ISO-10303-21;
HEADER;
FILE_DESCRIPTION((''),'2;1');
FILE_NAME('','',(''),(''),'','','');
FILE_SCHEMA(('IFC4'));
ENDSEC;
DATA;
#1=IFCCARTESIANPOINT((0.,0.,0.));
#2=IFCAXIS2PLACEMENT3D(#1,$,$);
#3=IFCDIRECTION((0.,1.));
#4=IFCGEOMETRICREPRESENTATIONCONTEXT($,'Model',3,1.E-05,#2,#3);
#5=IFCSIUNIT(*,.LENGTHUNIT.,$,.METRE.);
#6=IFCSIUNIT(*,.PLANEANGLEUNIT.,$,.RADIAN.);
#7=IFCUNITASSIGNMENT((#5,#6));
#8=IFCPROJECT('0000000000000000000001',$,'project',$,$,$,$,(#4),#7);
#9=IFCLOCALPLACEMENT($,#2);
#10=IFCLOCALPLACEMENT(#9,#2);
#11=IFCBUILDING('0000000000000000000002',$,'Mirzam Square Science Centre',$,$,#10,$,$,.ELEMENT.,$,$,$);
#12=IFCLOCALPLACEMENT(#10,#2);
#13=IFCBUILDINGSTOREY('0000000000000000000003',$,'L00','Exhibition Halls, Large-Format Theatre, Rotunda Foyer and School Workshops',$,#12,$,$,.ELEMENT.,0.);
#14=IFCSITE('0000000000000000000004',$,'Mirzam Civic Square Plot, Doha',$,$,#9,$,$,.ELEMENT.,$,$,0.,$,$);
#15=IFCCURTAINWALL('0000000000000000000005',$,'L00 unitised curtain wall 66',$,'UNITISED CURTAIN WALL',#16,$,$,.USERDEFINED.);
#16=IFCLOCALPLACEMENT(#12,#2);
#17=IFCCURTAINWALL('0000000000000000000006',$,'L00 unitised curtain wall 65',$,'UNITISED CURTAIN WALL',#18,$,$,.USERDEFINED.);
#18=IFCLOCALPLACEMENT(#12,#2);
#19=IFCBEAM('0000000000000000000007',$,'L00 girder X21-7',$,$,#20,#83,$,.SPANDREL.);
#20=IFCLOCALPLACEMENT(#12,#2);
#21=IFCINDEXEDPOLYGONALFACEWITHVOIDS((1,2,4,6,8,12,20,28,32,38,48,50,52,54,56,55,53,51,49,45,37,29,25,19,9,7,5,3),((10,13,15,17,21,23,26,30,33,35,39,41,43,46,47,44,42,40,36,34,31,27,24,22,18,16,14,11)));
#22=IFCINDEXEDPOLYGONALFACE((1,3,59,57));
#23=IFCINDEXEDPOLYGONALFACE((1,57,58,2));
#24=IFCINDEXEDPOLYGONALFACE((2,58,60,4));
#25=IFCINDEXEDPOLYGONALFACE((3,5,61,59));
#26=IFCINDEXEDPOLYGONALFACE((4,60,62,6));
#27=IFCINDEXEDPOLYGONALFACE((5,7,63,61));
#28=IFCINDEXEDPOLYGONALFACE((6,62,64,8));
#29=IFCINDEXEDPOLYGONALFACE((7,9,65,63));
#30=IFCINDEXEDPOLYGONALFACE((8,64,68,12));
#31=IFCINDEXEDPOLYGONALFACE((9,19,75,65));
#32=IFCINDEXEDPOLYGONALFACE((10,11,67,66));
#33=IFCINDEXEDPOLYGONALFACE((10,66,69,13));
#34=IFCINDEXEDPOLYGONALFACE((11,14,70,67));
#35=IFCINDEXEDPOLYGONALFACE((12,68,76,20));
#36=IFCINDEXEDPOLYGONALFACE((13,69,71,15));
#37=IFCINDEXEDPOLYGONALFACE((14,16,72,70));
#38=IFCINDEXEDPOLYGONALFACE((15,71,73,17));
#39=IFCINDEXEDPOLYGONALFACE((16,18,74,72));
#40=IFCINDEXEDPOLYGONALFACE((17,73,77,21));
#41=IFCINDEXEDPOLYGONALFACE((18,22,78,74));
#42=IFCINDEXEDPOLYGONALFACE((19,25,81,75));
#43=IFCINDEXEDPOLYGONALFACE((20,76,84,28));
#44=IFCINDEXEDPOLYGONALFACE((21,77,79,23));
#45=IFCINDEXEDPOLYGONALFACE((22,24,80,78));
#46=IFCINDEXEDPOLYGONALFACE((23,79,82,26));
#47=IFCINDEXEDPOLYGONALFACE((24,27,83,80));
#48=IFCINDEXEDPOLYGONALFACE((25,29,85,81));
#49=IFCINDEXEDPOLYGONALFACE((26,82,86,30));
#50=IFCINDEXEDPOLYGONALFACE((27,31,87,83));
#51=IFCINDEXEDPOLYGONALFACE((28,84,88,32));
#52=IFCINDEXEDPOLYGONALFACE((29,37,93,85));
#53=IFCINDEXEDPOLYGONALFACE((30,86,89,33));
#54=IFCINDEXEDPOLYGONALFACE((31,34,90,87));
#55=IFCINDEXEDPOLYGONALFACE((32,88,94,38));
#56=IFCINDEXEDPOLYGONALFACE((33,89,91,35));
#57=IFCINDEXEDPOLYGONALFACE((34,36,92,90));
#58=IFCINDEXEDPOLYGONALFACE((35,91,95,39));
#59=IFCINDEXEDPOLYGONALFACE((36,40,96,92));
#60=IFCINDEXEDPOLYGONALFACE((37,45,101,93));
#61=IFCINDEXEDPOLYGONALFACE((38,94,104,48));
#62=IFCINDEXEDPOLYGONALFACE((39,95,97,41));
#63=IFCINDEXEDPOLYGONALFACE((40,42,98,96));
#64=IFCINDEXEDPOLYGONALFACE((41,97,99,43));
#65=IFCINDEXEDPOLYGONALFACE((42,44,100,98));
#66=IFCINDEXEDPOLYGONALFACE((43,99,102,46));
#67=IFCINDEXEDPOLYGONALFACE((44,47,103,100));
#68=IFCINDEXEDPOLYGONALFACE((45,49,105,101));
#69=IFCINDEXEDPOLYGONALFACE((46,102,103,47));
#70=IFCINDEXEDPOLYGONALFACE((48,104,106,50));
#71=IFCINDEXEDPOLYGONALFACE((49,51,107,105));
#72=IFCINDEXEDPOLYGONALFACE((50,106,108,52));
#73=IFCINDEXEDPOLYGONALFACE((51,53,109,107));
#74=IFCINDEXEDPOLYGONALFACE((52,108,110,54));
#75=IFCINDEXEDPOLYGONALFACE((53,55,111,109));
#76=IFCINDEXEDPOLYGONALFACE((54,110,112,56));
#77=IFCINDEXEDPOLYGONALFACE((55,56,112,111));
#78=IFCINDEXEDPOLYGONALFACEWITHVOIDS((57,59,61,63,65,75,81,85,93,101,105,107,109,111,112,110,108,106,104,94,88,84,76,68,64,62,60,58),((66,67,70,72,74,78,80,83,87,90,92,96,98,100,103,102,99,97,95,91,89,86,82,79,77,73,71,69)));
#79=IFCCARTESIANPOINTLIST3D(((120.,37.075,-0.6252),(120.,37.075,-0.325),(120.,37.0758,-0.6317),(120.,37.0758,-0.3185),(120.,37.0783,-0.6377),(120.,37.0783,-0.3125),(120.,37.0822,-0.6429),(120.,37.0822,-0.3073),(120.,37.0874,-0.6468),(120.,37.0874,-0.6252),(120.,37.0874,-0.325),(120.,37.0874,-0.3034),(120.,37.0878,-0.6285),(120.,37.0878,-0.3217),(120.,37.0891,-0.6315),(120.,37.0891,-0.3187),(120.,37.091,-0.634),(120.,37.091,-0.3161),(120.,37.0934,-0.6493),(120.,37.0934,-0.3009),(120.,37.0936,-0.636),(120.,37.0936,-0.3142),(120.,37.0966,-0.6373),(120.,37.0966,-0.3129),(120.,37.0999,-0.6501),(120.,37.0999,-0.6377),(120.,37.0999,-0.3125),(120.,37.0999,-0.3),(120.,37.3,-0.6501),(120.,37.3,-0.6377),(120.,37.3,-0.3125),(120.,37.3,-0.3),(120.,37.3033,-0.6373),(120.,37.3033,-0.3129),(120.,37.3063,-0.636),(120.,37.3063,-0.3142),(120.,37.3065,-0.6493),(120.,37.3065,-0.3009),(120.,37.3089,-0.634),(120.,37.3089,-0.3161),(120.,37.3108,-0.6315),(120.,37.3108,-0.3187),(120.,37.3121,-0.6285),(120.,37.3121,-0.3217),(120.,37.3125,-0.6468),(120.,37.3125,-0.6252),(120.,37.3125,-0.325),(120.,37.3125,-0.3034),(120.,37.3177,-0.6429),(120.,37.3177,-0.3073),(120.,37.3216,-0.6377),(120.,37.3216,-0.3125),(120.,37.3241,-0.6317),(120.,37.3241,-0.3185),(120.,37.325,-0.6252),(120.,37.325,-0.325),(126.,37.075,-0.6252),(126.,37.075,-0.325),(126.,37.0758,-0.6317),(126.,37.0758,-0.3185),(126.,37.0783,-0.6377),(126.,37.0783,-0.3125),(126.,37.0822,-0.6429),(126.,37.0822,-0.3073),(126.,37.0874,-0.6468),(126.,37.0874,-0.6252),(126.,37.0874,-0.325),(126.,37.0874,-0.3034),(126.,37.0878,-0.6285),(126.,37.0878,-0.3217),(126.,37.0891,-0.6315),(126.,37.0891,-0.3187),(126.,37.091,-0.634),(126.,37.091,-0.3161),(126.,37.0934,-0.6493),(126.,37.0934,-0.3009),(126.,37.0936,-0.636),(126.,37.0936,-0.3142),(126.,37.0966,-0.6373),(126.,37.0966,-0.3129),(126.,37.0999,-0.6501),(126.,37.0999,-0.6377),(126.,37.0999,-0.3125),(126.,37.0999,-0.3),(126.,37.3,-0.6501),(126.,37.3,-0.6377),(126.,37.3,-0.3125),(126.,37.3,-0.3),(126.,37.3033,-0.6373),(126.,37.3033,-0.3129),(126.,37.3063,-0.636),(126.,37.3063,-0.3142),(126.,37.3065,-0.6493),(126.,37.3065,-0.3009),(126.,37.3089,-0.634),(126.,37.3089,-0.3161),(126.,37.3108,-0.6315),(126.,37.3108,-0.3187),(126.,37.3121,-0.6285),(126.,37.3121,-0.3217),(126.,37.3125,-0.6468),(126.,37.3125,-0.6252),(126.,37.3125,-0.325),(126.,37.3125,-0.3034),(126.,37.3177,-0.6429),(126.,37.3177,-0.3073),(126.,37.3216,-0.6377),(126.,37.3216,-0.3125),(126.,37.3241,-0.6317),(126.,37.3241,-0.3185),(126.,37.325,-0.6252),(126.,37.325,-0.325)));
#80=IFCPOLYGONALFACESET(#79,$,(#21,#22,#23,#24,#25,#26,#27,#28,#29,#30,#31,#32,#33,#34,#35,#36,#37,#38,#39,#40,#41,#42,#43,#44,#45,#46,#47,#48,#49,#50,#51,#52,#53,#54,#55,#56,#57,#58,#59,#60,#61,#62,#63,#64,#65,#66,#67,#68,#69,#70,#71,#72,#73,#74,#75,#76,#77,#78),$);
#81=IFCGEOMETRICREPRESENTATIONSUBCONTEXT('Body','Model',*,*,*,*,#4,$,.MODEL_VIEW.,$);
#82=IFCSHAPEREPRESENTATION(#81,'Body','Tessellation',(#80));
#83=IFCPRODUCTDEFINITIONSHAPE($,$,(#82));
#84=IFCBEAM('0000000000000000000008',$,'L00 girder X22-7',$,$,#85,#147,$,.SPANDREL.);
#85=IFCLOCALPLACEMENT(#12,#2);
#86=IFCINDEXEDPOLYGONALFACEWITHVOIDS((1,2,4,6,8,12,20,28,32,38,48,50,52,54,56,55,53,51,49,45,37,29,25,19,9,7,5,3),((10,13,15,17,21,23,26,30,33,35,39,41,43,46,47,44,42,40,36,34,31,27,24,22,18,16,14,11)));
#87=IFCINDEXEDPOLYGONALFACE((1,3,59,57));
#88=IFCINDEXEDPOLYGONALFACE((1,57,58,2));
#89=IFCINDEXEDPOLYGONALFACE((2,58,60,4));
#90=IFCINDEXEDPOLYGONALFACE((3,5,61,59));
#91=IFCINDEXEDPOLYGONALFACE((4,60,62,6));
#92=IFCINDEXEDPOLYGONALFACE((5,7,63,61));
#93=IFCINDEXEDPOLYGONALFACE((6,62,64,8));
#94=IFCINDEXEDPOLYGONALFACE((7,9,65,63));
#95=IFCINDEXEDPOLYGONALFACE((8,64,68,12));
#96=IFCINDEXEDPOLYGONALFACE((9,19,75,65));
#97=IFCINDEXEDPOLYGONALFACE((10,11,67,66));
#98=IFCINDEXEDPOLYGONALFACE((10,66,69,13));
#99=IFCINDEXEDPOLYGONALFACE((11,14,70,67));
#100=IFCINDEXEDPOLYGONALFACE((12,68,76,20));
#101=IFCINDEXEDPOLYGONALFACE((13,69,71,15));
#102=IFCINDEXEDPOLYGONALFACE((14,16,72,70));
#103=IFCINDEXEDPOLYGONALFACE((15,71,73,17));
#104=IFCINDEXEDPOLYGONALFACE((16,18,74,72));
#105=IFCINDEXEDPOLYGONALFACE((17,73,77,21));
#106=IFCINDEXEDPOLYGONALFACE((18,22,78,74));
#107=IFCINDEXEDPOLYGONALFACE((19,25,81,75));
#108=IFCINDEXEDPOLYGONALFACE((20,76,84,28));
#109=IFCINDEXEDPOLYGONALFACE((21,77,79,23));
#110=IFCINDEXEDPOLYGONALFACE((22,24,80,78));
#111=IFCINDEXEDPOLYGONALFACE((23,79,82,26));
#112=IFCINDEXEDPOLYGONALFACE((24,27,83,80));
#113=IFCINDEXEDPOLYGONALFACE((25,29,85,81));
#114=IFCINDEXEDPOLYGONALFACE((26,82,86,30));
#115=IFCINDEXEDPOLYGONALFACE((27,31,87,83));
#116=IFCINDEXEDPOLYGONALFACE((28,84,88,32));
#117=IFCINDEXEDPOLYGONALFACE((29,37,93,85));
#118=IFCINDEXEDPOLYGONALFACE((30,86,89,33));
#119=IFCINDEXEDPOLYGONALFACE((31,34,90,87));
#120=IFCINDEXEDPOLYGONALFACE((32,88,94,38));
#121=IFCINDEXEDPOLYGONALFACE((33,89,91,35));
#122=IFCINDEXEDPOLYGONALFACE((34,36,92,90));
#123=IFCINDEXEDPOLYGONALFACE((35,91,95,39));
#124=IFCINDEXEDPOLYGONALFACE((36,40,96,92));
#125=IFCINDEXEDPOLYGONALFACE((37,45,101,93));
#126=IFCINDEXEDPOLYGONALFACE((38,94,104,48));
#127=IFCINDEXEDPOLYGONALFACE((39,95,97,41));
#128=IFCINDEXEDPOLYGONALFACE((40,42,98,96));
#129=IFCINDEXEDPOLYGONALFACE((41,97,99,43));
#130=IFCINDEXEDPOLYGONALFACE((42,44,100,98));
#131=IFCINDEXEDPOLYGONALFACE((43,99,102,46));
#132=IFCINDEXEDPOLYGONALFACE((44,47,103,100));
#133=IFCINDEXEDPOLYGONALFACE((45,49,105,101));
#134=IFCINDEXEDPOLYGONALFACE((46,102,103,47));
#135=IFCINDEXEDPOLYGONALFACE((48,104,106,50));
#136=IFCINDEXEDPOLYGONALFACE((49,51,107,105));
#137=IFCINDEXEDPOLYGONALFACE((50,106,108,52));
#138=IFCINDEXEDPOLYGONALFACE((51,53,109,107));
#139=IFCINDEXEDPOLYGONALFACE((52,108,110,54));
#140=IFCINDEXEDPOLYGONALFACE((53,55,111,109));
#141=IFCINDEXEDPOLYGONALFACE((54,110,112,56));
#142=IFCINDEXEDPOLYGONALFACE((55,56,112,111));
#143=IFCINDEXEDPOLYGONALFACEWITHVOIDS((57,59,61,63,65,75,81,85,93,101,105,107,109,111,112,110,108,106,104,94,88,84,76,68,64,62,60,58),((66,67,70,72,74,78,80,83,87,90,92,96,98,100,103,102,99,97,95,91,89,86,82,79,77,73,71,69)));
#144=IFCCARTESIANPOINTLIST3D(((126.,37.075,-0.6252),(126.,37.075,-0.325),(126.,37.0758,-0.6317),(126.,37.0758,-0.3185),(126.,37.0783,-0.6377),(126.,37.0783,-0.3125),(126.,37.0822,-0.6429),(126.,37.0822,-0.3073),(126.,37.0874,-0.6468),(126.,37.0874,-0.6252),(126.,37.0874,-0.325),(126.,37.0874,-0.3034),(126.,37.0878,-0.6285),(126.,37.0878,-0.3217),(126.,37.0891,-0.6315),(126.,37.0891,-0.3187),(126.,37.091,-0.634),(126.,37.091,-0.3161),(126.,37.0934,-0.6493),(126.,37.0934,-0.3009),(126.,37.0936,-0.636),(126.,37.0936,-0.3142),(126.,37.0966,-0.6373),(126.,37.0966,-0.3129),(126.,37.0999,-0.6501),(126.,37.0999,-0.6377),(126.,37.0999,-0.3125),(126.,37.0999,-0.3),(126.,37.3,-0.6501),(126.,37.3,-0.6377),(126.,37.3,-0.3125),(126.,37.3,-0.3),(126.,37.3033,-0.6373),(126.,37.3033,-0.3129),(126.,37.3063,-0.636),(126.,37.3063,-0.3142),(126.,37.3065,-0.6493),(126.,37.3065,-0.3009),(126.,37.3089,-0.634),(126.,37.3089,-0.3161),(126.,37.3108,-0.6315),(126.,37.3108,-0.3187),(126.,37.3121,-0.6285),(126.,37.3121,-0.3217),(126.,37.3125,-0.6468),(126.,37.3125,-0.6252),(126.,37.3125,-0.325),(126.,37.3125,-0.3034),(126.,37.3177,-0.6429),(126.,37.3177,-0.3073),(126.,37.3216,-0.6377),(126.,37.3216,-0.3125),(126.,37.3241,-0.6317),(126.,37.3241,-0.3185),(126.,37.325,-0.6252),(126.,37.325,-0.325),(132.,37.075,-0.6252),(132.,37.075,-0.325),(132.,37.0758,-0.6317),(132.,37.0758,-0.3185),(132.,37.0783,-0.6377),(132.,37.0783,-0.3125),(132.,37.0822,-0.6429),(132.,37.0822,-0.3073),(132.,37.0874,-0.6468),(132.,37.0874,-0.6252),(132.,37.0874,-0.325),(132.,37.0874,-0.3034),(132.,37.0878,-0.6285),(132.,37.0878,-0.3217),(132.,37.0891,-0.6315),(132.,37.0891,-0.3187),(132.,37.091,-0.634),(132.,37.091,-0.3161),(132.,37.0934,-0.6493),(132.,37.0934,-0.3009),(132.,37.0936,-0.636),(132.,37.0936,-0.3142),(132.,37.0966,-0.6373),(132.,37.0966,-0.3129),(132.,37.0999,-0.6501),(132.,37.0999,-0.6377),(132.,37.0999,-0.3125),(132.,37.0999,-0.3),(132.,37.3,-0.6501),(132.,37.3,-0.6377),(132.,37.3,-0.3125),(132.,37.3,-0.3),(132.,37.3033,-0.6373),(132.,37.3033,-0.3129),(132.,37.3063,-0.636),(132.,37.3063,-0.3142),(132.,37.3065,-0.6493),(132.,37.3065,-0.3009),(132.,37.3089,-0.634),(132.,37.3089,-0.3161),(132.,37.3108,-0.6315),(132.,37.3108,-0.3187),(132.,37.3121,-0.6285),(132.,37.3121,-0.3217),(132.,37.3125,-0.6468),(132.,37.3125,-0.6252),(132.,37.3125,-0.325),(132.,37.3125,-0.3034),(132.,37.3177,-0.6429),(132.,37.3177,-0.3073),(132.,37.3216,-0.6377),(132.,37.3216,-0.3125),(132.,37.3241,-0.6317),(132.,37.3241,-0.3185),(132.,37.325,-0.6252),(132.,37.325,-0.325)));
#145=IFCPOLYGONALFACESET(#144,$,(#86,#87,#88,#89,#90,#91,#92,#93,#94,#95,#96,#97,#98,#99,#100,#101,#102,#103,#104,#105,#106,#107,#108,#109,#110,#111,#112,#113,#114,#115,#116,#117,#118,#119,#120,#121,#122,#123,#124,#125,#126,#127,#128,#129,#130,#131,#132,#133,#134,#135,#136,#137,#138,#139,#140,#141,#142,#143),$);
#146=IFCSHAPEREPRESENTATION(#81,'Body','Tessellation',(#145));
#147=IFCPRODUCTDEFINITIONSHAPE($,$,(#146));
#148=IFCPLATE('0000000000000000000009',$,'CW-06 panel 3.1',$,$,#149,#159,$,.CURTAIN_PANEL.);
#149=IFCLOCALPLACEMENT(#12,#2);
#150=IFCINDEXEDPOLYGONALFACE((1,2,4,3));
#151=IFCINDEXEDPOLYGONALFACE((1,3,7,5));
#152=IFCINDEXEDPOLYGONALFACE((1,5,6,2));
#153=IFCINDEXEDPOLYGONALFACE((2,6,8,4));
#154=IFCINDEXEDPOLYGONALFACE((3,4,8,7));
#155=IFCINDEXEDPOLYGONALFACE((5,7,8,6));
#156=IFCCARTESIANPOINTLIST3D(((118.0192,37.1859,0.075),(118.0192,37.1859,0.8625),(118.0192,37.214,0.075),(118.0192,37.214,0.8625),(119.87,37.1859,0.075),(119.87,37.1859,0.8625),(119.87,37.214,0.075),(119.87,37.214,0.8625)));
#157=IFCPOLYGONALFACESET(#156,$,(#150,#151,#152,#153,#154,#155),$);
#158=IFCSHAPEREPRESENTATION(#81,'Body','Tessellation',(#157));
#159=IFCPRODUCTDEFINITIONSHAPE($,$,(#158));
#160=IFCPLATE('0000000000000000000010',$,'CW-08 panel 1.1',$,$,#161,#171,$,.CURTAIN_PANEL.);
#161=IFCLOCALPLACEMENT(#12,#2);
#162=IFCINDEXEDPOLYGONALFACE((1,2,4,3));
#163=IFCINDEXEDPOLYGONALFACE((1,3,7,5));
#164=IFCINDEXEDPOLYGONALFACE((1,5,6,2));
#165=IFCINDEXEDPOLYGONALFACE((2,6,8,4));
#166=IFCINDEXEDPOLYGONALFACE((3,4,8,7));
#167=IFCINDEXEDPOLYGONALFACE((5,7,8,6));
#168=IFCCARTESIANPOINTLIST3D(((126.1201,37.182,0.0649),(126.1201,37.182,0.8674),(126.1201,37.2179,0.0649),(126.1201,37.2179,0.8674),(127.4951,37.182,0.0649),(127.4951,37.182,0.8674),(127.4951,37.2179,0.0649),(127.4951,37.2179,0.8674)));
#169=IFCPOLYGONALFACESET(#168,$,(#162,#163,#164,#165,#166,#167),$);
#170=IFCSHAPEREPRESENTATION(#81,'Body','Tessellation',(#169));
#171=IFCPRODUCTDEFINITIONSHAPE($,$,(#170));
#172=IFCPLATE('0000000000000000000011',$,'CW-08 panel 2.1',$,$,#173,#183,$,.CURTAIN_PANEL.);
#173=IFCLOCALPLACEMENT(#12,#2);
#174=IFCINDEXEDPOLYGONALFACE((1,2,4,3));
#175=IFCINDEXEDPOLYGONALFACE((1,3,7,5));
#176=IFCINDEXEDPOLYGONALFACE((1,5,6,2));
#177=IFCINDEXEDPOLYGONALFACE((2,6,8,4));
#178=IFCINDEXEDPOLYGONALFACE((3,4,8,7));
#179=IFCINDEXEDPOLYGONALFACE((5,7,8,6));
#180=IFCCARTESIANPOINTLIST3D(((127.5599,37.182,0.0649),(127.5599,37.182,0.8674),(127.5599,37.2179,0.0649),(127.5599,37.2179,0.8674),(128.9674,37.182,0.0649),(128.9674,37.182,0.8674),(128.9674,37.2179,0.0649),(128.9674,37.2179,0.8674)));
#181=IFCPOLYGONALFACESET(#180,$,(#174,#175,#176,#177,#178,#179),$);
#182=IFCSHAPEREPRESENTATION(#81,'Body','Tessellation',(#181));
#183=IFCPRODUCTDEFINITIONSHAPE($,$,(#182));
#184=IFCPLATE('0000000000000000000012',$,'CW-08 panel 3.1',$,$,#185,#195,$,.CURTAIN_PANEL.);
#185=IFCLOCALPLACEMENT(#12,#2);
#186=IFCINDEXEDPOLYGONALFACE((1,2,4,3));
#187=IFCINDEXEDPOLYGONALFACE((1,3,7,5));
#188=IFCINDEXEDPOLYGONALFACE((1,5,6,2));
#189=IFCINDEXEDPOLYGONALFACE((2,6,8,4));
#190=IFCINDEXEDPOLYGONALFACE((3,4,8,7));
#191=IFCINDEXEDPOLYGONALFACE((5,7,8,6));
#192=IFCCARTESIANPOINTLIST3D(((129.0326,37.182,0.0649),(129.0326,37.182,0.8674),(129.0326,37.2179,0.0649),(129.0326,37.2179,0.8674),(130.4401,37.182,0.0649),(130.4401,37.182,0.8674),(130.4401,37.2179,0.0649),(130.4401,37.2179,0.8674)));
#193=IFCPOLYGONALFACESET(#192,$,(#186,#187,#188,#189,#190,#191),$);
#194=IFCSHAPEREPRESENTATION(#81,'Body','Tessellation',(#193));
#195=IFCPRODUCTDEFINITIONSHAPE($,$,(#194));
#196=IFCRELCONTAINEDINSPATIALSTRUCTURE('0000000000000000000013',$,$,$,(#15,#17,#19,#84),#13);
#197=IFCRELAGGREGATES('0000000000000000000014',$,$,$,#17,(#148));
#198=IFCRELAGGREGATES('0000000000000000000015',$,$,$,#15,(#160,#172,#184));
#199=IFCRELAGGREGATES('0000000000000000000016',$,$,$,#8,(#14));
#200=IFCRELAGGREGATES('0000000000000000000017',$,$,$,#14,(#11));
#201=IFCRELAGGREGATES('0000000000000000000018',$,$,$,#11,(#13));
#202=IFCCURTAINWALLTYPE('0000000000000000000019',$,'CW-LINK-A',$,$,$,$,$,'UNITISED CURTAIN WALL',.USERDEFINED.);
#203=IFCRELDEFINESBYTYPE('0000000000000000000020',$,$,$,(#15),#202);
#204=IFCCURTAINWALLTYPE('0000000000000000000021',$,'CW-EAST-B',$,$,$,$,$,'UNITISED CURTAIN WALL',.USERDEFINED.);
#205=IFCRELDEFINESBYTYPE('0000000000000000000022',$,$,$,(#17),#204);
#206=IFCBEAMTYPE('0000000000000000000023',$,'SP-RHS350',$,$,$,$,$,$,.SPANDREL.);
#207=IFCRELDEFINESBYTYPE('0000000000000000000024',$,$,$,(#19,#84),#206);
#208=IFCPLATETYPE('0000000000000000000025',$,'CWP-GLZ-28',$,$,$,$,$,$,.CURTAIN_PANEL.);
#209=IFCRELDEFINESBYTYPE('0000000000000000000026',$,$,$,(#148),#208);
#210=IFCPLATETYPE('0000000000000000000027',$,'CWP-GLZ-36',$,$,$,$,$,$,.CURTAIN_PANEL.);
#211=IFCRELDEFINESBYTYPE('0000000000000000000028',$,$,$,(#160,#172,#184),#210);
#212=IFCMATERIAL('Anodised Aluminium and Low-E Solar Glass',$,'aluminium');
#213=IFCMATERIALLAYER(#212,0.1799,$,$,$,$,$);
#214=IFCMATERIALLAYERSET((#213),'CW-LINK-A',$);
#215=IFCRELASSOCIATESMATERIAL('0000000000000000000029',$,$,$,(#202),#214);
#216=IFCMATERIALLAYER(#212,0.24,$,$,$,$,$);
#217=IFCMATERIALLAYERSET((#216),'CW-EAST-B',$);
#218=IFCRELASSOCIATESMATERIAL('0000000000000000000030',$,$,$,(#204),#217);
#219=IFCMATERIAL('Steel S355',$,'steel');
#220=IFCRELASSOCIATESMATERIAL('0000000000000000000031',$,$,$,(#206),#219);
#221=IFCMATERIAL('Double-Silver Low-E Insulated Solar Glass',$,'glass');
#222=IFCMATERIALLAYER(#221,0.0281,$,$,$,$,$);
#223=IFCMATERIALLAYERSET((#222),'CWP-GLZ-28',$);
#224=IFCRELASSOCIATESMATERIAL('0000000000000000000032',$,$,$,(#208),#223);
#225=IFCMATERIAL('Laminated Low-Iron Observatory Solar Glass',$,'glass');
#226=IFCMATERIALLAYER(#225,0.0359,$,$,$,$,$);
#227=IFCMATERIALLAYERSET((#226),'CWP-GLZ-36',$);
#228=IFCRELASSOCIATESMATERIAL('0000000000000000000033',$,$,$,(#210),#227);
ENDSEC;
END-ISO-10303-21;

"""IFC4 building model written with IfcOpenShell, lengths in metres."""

from ifc_helpers import new_model, si_unit, direction, frame, origin, origin_2d, place, context, subcontext, project, spatial, rectangle, hollow_rectangle, extrude, material, layer, layer_set, material_profile, profile_set, type_object, element, aggregate, save


model = new_model("IFC4")

# Units and contexts
model_context = context("Model", 3, precision=1e-05, world=origin(), true_north=direction((0.0, 1.0)))
body_context = subcontext(model_context, "Body", "Model", "MODEL_VIEW")
ifc_project = project(units=[si_unit("LENGTHUNIT", "METRE"), si_unit("PLANEANGLEUNIT", "RADIAN")], contexts=[model_context])

# Site, building, storey
site_placement = place(None, origin())
site = spatial("IfcSite", under=ifc_project, at=site_placement, Name="Mirzam Civic Square Plot, Doha", CompositionType="ELEMENT", RefElevation=0.0)
building_placement = place(site_placement, origin())
building = spatial("IfcBuilding", under=site, at=building_placement, Name="Mirzam Square Science Centre", CompositionType="ELEMENT")
storey_placement = place(building_placement, origin())
storey = spatial("IfcBuildingStorey", under=building, at=storey_placement, Name="L00", Description="Exhibition Halls, Large-Format Theatre, Rotunda Foyer and School Workshops", CompositionType="ELEMENT", Elevation=0.0)

# Shared definitions
ifc_material_1 = material(Name="Steel S355", Category="steel")

# Curtain walls
ifc_material_2 = material(Name="Anodised Aluminium and Low-E Solar Glass", Category="aluminium")
ifc_layer_1 = layer(ifc_material_2, 0.1799)
ifc_layer_set_1 = layer_set([ifc_layer_1], Name="CW-LINK-A")
curtain_wall_type_1 = type_object("IfcCurtainWallType", Name="CW-LINK-A", ElementType="UNITISED CURTAIN WALL", PredefinedType="USERDEFINED", material=ifc_layer_set_1)
curtain_wall_1_placement = place(storey_placement, origin())
curtain_wall_1 = element("IfcCurtainWall", 1, at=curtain_wall_1_placement, inside=storey, type_object=curtain_wall_type_1, Name="L00 unitised curtain wall 66", ObjectType="UNITISED CURTAIN WALL", PredefinedType="USERDEFINED")
ifc_layer_2 = layer(ifc_material_2, 0.24)
ifc_layer_set_2 = layer_set([ifc_layer_2], Name="CW-EAST-B")
curtain_wall_type_2 = type_object("IfcCurtainWallType", Name="CW-EAST-B", ElementType="UNITISED CURTAIN WALL", PredefinedType="USERDEFINED", material=ifc_layer_set_2)
curtain_wall_2_placement = place(storey_placement, origin())
curtain_wall_2 = element("IfcCurtainWall", 2, at=curtain_wall_2_placement, inside=storey, type_object=curtain_wall_type_2, Name="L00 unitised curtain wall 65", ObjectType="UNITISED CURTAIN WALL", PredefinedType="USERDEFINED")

# Beams
ifc_material_profile_1 = material_profile(ifc_material_1, hollow_rectangle(XDim=0.25, YDim=0.3501, WallThickness=0.0125, InnerFilletRadius=0.0125, OuterFilletRadius=0.0249, at=origin_2d()), Name="350x250x12.5RHS")
ifc_profile_set_1 = profile_set([ifc_material_profile_1], Name="Steel S355")
beam_type_1 = type_object("IfcBeamType", Name="SP-RHS350", PredefinedType="SPANDREL", material=ifc_profile_set_1)
for number, where, z_axis, x_axis, name in (
    (3, (120.0, 37.2, -0.4751), (1.0, 0.0, 0.0), (0.0, 1.0, 0.0), "L00 girder X21-7"),
    (4, (126.0, 37.2, -0.4751), (1.0, 0.0, 0.0), (0.0, 1.0, 0.0), "L00 girder X22-7"),
):
    element("IfcBeam", number, at=place(storey_placement, frame(where, z_axis=z_axis, x_axis=x_axis)), inside=storey, type_object=beam_type_1, Name=name, PredefinedType="SPANDREL", context=body_context, shape_type="SweptSolid", body=[
        extrude(hollow_rectangle(XDim=0.25, YDim=0.3501, WallThickness=0.0125, InnerFilletRadius=0.0125, OuterFilletRadius=0.0249, at=origin_2d()), origin(), (0.0, 0.0, 1.0), 6.0),
    ])

# Plates
ifc_material_3 = material(Name="Double-Silver Low-E Insulated Solar Glass", Category="glass")
ifc_layer_3 = layer(ifc_material_3, 0.0281)
ifc_layer_set_3 = layer_set([ifc_layer_3], Name="CWP-GLZ-28")
plate_type_1 = type_object("IfcPlateType", Name="CWP-GLZ-28", PredefinedType="CURTAIN_PANEL", material=ifc_layer_set_3)
plate_1_placement = place(storey_placement, frame((118.9446, 37.2, 0.075), z_axis=(0.0, 0.0, 1.0), x_axis=(1.0, 0.0, 0.0)))
plate_1 = element("IfcPlate", 5, at=plate_1_placement, type_object=plate_type_1, Name="CW-06 panel 3.1", PredefinedType="CURTAIN_PANEL", context=body_context, shape_type="SweptSolid", body=[
    extrude(rectangle(XDim=1.8508, YDim=0.0281, at=origin_2d()), origin(), (0.0, 0.0, 1.0), 0.7876),
])
aggregate(curtain_wall_2, [plate_1])
ifc_material_4 = material(Name="Laminated Low-Iron Observatory Solar Glass", Category="glass")
ifc_layer_4 = layer(ifc_material_4, 0.0359)
ifc_layer_set_4 = layer_set([ifc_layer_4], Name="CWP-GLZ-36")
plate_type_2 = type_object("IfcPlateType", Name="CWP-GLZ-36", PredefinedType="CURTAIN_PANEL", material=ifc_layer_set_4)
plate_2_placement = place(storey_placement, frame((126.8076, 37.2, 0.0649), z_axis=(0.0, 0.0, 1.0), x_axis=(1.0, 0.0, 0.0)))
plate_2 = element("IfcPlate", 6, at=plate_2_placement, type_object=plate_type_2, Name="CW-08 panel 1.1", PredefinedType="CURTAIN_PANEL", context=body_context, shape_type="SweptSolid", body=[
    extrude(rectangle(XDim=1.375, YDim=0.0359, at=origin_2d()), origin(), (0.0, 0.0, 1.0), 0.8025),
])
plate_3_placement = place(storey_placement, frame((128.2637, 37.2, 0.0649), z_axis=(0.0, 0.0, 1.0), x_axis=(1.0, 0.0, 0.0)))
plate_3 = element("IfcPlate", 7, at=plate_3_placement, type_object=plate_type_2, Name="CW-08 panel 2.1", PredefinedType="CURTAIN_PANEL", context=body_context, shape_type="SweptSolid", body=[
    extrude(rectangle(XDim=1.4075, YDim=0.0359, at=origin_2d()), origin(), (0.0, 0.0, 1.0), 0.8025),
])
plate_4_placement = place(storey_placement, frame((129.7363, 37.2, 0.0649), z_axis=(0.0, 0.0, 1.0), x_axis=(1.0, 0.0, 0.0)))
plate_4 = element("IfcPlate", 8, at=plate_4_placement, type_object=plate_type_2, Name="CW-08 panel 3.1", PredefinedType="CURTAIN_PANEL", context=body_context, shape_type="SweptSolid", body=[
    extrude(rectangle(XDim=1.4075, YDim=0.0359, at=origin_2d()), origin(), (0.0, 0.0, 1.0), 0.8025),
])
aggregate(curtain_wall_1, [plate_2, plate_3, plate_4])

save(model, "model.ifc")
